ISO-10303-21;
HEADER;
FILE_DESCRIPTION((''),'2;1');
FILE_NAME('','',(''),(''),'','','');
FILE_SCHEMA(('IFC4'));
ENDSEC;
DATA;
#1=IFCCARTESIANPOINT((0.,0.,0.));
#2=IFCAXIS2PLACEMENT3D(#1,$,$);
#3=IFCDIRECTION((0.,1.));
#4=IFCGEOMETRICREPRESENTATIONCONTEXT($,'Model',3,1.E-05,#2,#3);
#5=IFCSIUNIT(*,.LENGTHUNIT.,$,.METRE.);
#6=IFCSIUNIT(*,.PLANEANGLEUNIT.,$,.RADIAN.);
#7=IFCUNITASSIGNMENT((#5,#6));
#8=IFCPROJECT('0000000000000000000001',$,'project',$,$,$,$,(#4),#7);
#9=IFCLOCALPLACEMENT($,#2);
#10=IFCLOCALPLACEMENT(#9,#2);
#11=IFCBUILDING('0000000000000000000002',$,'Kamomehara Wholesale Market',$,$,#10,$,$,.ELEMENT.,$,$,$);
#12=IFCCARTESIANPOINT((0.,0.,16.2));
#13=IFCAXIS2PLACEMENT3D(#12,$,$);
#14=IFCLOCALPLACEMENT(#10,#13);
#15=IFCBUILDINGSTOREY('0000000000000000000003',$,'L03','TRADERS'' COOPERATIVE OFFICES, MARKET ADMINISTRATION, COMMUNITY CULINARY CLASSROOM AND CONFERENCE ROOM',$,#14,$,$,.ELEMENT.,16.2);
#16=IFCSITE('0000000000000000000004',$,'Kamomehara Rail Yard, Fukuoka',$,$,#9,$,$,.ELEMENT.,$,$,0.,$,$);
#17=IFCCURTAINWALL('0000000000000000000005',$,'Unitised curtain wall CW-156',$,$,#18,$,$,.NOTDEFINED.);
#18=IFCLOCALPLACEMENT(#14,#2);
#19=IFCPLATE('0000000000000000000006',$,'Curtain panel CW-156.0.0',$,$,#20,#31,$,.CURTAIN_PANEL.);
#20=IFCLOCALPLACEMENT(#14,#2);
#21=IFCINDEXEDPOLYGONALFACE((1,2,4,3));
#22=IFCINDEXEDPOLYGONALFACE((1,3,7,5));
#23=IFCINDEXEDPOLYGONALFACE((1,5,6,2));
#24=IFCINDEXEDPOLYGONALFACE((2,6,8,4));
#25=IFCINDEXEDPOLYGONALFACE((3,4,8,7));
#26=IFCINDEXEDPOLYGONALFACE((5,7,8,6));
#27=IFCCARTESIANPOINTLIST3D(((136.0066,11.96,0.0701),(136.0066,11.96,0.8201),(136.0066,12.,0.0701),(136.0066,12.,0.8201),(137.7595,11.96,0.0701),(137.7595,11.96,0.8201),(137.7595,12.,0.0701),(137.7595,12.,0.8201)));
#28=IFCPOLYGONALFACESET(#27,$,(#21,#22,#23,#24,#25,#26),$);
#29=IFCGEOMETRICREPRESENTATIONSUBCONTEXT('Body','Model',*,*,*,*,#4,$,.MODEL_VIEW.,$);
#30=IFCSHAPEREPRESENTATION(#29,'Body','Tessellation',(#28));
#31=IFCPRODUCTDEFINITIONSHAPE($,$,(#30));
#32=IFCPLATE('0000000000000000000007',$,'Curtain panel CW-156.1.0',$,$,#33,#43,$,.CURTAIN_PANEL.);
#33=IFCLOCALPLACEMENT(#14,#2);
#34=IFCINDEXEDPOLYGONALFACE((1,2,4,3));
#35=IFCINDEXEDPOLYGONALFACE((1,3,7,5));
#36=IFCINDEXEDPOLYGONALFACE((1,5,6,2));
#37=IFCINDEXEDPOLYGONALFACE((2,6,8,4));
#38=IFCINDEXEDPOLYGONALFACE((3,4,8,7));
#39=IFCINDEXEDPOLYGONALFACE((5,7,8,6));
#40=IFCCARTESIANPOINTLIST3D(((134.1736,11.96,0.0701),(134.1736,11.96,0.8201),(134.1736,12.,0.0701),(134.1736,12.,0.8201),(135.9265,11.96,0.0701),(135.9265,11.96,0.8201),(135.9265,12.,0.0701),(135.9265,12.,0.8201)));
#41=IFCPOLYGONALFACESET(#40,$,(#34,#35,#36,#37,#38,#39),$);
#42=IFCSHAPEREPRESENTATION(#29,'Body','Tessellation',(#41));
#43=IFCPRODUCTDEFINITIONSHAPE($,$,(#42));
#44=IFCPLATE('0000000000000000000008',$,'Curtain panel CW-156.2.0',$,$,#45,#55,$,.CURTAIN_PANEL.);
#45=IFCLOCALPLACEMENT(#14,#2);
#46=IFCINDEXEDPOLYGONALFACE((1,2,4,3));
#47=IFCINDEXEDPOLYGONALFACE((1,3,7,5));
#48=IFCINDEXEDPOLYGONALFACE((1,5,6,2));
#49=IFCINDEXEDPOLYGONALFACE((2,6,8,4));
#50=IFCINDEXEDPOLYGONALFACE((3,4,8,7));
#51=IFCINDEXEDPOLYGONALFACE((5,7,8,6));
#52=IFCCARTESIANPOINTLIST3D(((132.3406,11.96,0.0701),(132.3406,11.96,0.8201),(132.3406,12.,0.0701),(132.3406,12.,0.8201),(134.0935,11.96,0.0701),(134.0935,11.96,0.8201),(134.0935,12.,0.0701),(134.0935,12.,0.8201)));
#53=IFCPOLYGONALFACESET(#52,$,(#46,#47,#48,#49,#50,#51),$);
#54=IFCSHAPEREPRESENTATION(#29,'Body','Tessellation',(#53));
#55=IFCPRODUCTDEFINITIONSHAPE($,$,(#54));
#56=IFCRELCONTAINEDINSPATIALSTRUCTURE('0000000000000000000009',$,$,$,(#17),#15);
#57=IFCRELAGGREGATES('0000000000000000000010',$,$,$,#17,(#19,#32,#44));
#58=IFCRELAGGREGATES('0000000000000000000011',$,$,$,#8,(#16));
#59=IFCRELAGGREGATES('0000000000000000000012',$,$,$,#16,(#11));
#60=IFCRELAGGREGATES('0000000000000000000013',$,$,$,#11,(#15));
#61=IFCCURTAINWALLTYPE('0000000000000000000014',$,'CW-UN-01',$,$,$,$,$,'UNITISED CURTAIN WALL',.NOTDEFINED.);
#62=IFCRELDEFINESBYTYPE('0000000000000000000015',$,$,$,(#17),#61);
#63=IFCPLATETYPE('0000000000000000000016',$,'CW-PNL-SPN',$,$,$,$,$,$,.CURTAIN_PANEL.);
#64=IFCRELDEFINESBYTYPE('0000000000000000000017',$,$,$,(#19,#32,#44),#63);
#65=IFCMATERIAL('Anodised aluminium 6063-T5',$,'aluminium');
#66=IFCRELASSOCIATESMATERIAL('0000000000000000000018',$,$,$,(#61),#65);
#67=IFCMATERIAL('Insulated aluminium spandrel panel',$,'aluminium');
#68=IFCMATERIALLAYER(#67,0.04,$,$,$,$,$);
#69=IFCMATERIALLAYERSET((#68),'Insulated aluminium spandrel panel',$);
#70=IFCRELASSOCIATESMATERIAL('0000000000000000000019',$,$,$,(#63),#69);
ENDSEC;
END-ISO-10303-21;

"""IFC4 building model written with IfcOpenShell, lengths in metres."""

from ifc_helpers import new_model, si_unit, direction, frame, origin, origin_2d, place, context, subcontext, project, spatial, rectangle, extrude, material, layer, layer_set, type_object, element, aggregate, save


model = new_model("IFC4")

# Units and contexts
model_context = context("Model", 3, precision=1e-05, world=origin(), true_north=direction((0.0, 1.0)))
body_context = subcontext(model_context, "Body", "Model", "MODEL_VIEW")
ifc_project = project(units=[si_unit("LENGTHUNIT", "METRE"), si_unit("PLANEANGLEUNIT", "RADIAN")], contexts=[model_context])

# Site, building, storey
site_placement = place(None, origin())
site = spatial("IfcSite", under=ifc_project, at=site_placement, Name="Kamomehara Rail Yard, Fukuoka", CompositionType="ELEMENT", RefElevation=0.0)
building_placement = place(site_placement, origin())
building = spatial("IfcBuilding", under=site, at=building_placement, Name="Kamomehara Wholesale Market", CompositionType="ELEMENT")
storey_placement = place(building_placement, frame((0.0, 0.0, 16.2)))
storey = spatial("IfcBuildingStorey", under=building, at=storey_placement, Name="L03", Description="TRADERS' COOPERATIVE OFFICES, MARKET ADMINISTRATION, COMMUNITY CULINARY CLASSROOM AND CONFERENCE ROOM", CompositionType="ELEMENT", Elevation=16.2)

# Curtain wall
ifc_material_1 = material(Name="Anodised aluminium 6063-T5", Category="aluminium")
curtain_wall_type = type_object("IfcCurtainWallType", Name="CW-UN-01", ElementType="UNITISED CURTAIN WALL", PredefinedType="NOTDEFINED", material=ifc_material_1)
curtain_wall_1_placement = place(storey_placement, origin())
curtain_wall_1 = element("IfcCurtainWall", 1, at=curtain_wall_1_placement, inside=storey, type_object=curtain_wall_type, Name="Unitised curtain wall CW-156", PredefinedType="NOTDEFINED")

# Plates
ifc_material_2 = material(Name="Insulated aluminium spandrel panel", Category="aluminium")
ifc_layer_1 = layer(ifc_material_2, 0.04)
ifc_layer_set_1 = layer_set([ifc_layer_1], Name="Insulated aluminium spandrel panel")
plate_type_1 = type_object("IfcPlateType", Name="CW-PNL-SPN", PredefinedType="CURTAIN_PANEL", material=ifc_layer_set_1)
plate_1_placement = place(storey_placement, frame((136.8831, 11.98, 0.0701), z_axis=(0.0, 0.0, 1.0), x_axis=(-1.0, 0.0, 0.0)))
plate_1 = element("IfcPlate", 2, at=plate_1_placement, type_object=plate_type_1, Name="Curtain panel CW-156.0.0", PredefinedType="CURTAIN_PANEL", context=body_context, shape_type="SweptSolid", body=[
    extrude(rectangle(XDim=1.7529, YDim=0.04, at=origin_2d()), origin(), (0.0, 0.0, 1.0), 0.75),
])
plate_2_placement = place(storey_placement, frame((135.05, 11.98, 0.0701), z_axis=(0.0, 0.0, 1.0), x_axis=(-1.0, 0.0, 0.0)))
plate_2 = element("IfcPlate", 3, at=plate_2_placement, type_object=plate_type_1, Name="Curtain panel CW-156.1.0", PredefinedType="CURTAIN_PANEL", context=body_context, shape_type="SweptSolid", body=[
    extrude(rectangle(XDim=1.7529, YDim=0.04, at=origin_2d()), origin(), (0.0, 0.0, 1.0), 0.75),
])
plate_3_placement = place(storey_placement, frame((133.217, 11.98, 0.0701), z_axis=(0.0, 0.0, 1.0), x_axis=(-1.0, 0.0, 0.0)))
plate_3 = element("IfcPlate", 4, at=plate_3_placement, type_object=plate_type_1, Name="Curtain panel CW-156.2.0", PredefinedType="CURTAIN_PANEL", context=body_context, shape_type="SweptSolid", body=[
    extrude(rectangle(XDim=1.7529, YDim=0.04, at=origin_2d()), origin(), (0.0, 0.0, 1.0), 0.75),
])
aggregate(curtain_wall_1, [plate_1, plate_2, plate_3])

save(model, "model.ifc")
